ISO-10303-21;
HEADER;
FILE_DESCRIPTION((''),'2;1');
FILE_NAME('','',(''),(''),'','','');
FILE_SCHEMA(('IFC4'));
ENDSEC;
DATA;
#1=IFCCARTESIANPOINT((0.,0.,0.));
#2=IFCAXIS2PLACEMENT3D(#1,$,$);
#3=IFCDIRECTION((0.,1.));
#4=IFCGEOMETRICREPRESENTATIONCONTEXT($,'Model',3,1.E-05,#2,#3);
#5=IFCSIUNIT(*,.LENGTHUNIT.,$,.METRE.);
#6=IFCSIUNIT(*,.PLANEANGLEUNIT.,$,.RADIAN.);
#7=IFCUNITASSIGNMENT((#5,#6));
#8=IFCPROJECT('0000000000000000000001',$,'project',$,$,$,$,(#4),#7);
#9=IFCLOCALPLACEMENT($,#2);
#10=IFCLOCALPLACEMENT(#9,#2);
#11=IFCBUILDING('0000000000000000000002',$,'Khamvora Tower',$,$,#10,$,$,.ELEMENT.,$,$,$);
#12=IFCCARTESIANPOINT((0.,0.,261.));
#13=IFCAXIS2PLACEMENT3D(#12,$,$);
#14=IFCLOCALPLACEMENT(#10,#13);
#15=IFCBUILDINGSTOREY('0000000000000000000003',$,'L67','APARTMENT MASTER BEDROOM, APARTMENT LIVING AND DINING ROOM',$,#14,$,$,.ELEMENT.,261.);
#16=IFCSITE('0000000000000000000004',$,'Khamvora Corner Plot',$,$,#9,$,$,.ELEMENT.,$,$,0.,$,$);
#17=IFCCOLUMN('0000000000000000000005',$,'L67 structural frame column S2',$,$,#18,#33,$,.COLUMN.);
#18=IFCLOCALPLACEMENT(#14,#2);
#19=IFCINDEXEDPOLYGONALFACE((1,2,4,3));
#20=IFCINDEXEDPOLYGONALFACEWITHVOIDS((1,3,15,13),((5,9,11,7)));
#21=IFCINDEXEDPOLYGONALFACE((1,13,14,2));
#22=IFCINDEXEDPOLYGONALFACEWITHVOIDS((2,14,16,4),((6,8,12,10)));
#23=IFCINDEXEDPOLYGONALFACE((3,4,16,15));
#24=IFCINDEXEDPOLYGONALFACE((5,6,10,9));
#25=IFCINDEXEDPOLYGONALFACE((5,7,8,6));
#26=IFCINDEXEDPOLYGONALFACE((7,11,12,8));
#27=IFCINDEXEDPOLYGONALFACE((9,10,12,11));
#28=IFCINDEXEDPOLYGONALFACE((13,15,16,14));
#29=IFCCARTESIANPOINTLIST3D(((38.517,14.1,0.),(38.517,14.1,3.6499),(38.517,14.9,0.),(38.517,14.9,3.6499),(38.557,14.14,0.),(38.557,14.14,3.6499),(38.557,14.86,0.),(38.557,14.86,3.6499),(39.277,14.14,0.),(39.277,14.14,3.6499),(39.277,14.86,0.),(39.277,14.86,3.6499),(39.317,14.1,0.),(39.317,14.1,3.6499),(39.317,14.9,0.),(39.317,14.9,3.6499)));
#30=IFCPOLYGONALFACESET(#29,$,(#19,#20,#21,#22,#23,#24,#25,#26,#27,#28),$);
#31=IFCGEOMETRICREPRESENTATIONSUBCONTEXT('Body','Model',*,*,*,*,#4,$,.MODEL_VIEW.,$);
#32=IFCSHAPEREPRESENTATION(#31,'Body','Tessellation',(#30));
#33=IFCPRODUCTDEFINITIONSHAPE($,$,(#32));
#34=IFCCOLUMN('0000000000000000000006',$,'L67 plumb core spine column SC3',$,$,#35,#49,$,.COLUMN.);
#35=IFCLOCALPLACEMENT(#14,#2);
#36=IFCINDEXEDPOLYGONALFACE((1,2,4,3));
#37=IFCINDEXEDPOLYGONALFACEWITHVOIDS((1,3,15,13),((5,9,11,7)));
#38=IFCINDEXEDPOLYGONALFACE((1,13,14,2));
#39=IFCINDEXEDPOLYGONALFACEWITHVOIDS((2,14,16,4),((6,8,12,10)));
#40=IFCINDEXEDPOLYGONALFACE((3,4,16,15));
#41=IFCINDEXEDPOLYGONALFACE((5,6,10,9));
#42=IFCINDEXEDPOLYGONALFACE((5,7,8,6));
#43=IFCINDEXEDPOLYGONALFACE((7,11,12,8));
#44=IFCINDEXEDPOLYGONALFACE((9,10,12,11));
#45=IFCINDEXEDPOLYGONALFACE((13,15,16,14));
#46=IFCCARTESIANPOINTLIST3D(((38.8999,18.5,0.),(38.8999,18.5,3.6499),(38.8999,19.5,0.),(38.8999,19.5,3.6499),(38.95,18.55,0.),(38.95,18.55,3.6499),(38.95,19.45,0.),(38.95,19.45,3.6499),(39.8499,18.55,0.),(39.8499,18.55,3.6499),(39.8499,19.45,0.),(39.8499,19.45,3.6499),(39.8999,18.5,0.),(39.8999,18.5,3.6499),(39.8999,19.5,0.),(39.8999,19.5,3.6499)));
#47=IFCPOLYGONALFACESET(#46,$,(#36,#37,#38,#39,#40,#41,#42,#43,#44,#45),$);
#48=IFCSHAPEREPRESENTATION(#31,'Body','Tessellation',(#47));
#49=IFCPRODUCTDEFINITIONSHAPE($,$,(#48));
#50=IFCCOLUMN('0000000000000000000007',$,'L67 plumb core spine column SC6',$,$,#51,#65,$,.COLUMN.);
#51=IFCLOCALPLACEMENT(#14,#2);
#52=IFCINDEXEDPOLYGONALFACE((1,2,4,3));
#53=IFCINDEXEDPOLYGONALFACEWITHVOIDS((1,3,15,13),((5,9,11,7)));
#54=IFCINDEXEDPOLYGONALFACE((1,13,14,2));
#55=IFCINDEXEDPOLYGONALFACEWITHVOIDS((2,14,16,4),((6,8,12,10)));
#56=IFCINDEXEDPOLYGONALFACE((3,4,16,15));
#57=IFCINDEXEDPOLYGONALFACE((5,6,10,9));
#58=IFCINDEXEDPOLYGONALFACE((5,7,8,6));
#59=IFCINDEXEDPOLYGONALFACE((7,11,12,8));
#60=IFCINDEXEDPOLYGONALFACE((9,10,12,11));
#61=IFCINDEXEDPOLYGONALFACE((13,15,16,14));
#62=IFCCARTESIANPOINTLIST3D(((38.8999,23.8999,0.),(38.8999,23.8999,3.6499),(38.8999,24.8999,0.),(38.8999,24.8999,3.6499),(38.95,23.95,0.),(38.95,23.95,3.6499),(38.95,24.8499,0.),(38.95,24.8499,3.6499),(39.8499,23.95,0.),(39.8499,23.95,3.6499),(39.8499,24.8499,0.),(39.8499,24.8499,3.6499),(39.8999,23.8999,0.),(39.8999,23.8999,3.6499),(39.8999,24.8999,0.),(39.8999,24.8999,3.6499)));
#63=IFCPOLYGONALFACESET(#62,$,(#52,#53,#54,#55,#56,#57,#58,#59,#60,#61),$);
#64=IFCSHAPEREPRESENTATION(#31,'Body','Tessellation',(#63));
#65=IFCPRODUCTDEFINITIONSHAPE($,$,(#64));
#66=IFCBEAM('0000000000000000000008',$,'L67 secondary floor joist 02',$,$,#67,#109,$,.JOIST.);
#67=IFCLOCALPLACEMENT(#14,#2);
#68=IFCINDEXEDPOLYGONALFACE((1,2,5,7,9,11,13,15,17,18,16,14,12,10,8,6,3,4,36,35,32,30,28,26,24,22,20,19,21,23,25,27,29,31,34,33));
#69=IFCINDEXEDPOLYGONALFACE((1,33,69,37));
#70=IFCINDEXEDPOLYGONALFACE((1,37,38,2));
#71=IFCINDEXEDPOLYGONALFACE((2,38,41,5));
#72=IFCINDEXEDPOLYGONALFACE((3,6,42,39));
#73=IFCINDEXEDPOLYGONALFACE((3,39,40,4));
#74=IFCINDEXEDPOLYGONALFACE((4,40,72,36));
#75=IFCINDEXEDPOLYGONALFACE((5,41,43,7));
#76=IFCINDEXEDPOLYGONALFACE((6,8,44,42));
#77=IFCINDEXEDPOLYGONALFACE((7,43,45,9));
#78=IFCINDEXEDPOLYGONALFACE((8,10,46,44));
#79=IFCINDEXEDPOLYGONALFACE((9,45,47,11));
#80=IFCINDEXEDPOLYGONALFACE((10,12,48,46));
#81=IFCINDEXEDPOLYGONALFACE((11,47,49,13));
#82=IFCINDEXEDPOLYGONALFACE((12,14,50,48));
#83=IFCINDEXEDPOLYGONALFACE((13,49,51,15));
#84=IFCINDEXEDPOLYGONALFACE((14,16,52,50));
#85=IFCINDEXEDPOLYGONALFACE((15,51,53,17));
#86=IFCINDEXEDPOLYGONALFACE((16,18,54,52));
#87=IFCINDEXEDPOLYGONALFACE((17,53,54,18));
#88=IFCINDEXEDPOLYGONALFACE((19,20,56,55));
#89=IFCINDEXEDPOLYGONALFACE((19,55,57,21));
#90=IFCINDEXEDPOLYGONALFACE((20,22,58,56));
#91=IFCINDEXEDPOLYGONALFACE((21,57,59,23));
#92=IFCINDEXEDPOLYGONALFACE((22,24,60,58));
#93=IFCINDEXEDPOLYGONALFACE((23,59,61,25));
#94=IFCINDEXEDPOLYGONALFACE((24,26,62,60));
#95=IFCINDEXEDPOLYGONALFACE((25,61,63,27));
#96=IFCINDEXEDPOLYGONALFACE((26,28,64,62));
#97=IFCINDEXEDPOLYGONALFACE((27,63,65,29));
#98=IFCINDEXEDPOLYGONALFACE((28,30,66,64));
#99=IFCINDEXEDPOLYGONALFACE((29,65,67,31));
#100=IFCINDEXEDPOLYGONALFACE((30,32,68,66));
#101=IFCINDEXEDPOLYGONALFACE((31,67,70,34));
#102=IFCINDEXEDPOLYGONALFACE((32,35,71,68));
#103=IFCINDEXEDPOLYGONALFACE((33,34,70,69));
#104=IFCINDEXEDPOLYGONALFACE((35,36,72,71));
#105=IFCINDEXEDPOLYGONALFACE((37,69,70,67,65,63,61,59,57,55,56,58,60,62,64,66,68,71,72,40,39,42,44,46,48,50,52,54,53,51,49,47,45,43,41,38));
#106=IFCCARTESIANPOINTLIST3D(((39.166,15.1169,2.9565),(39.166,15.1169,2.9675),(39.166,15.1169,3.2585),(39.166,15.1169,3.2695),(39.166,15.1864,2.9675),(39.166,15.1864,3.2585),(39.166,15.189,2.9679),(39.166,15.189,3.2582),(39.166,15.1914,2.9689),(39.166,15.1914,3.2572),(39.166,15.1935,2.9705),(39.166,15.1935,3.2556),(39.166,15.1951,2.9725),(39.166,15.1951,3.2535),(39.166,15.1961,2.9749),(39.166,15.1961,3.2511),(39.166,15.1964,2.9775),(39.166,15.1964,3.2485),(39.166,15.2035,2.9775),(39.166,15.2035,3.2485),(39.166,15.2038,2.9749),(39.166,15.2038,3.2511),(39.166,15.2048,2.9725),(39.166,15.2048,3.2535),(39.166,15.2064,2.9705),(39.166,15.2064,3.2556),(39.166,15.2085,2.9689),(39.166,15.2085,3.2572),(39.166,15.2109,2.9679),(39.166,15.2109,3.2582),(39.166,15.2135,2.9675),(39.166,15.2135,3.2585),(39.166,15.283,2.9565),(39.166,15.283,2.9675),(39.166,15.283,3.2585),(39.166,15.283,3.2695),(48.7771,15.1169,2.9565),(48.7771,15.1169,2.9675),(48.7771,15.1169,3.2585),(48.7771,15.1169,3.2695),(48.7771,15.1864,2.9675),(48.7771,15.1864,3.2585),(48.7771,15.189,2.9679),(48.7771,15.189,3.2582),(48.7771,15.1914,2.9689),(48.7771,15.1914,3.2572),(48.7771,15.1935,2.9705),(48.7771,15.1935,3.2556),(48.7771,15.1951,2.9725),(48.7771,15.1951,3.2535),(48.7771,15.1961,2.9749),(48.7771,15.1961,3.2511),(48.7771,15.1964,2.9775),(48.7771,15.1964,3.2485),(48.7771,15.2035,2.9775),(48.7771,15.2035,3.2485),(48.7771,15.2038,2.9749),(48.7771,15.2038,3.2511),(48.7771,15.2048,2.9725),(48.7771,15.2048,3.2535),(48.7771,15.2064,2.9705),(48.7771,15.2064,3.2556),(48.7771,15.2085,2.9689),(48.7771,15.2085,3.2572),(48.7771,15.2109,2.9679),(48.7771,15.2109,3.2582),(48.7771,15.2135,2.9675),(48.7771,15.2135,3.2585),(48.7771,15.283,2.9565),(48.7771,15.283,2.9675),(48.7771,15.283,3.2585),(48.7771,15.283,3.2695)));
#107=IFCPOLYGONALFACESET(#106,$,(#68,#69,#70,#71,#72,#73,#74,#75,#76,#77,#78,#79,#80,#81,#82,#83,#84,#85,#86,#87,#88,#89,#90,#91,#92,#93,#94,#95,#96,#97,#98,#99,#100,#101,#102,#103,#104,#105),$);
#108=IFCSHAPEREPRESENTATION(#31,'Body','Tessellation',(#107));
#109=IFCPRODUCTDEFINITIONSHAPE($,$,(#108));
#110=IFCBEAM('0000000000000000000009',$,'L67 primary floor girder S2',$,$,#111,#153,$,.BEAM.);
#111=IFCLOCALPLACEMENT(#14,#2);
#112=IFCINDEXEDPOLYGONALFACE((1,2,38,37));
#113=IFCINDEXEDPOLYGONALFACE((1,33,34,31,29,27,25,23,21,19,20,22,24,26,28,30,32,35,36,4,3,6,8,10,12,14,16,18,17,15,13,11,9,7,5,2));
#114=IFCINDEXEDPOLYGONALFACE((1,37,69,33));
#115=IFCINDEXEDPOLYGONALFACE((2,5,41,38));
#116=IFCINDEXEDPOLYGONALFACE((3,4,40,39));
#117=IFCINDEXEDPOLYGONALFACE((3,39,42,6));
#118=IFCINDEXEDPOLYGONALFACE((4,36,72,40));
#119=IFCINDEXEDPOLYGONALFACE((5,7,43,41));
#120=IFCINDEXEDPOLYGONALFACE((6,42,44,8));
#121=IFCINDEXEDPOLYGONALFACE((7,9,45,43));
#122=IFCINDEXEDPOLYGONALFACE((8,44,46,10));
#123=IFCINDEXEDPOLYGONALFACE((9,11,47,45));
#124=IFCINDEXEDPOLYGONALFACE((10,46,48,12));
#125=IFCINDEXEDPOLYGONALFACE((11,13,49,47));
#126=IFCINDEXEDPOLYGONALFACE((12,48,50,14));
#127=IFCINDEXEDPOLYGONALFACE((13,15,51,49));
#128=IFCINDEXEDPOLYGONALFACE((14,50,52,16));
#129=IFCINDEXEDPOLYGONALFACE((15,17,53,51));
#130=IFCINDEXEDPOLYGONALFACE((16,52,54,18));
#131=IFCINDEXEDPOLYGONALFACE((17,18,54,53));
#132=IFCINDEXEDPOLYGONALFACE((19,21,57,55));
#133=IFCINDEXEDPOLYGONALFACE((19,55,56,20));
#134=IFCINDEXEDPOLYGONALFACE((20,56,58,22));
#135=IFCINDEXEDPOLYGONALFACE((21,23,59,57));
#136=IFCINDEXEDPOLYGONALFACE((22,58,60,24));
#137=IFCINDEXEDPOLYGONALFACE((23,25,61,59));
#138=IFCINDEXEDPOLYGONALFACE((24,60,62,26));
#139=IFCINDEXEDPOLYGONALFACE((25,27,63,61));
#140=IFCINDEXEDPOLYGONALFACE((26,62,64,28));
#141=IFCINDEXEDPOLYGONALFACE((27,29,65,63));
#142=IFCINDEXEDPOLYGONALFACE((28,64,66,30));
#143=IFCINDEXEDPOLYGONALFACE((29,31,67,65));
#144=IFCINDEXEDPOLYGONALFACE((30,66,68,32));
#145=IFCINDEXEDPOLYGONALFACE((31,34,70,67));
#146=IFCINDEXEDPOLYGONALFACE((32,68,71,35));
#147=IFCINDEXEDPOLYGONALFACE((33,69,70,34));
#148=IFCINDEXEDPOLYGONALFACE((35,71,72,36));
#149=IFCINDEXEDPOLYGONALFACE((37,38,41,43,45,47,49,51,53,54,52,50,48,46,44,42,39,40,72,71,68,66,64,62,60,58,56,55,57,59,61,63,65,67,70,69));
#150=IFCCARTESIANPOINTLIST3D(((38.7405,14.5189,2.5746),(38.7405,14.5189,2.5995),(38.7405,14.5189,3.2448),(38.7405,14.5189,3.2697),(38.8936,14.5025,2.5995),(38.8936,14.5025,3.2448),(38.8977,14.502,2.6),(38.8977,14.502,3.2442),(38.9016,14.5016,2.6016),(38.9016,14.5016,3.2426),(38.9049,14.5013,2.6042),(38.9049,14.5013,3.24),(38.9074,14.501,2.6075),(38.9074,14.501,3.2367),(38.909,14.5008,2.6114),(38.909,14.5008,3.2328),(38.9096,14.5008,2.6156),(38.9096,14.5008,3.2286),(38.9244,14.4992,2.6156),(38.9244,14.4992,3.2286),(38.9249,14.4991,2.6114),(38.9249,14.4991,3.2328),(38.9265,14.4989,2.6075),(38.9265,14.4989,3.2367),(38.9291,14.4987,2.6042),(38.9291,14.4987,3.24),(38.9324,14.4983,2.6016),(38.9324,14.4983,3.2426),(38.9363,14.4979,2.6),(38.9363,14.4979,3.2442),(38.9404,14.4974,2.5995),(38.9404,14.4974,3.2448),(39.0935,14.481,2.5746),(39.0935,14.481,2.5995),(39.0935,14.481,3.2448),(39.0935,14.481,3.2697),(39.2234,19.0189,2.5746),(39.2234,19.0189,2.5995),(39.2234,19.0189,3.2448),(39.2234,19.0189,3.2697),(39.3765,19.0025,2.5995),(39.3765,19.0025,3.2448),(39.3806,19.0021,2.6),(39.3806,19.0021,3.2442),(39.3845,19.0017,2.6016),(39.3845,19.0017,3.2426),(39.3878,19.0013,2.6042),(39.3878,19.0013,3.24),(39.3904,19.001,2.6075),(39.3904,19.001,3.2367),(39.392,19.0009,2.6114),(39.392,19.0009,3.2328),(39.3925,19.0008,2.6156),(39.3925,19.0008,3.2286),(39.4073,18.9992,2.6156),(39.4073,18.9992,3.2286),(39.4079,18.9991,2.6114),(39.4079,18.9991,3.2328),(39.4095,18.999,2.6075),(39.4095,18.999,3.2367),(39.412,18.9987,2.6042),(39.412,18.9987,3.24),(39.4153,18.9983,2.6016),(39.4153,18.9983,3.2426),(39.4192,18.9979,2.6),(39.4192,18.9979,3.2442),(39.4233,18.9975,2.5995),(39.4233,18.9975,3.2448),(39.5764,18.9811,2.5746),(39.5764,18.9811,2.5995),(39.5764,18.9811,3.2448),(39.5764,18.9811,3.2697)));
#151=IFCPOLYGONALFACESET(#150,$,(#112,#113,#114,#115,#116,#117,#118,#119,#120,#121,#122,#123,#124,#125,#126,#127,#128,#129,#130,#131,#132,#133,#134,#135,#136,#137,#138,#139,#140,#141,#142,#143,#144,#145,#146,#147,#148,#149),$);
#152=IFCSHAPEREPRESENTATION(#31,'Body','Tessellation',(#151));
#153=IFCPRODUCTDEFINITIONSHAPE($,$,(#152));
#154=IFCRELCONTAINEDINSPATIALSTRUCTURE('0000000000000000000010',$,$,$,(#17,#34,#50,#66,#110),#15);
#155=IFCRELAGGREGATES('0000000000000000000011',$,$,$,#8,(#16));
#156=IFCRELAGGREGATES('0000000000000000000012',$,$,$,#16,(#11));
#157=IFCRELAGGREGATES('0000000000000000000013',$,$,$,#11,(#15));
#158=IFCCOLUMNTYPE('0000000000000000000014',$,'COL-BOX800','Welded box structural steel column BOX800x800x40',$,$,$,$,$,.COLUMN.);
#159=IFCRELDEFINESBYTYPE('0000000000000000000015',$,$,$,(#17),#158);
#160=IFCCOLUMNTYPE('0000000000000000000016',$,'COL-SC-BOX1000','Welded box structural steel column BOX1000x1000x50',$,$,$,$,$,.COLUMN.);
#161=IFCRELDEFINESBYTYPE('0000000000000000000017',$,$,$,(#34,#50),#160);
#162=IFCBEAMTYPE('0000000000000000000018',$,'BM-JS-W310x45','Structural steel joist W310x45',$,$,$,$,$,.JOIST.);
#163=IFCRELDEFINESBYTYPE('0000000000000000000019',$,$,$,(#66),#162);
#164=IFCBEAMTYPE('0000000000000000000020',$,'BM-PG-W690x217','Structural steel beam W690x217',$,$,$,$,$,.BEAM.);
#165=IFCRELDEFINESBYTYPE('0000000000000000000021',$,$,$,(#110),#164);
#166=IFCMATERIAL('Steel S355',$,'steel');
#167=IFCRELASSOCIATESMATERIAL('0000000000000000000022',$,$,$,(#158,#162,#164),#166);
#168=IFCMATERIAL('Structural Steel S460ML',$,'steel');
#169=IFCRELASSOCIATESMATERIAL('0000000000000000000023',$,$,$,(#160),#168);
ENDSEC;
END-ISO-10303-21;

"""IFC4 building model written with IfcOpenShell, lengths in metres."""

from ifc_helpers import new_model, si_unit, direction, frame, origin, origin_2d, place, context, subcontext, project, spatial, hollow_rectangle, i_section, extrude, material, material_profile, profile_set, type_object, element, save


model = new_model("IFC4")

# Units and contexts
model_context = context("Model", 3, precision=1e-05, world=origin(), true_north=direction((0.0, 1.0)))
body_context = subcontext(model_context, "Body", "Model", "MODEL_VIEW")
ifc_project = project(units=[si_unit("LENGTHUNIT", "METRE"), si_unit("PLANEANGLEUNIT", "RADIAN")], contexts=[model_context])

# Site, building, storey
site_placement = place(None, origin())
site = spatial("IfcSite", under=ifc_project, at=site_placement, Name="Khamvora Corner Plot", CompositionType="ELEMENT", RefElevation=0.0)
building_placement = place(site_placement, origin())
building = spatial("IfcBuilding", under=site, at=building_placement, Name="Khamvora Tower", CompositionType="ELEMENT")
storey_placement = place(building_placement, frame((0.0, 0.0, 261.0)))
storey = spatial("IfcBuildingStorey", under=building, at=storey_placement, Name="L67", Description="APARTMENT MASTER BEDROOM, APARTMENT LIVING AND DINING ROOM", CompositionType="ELEMENT", Elevation=261.0)

# Columns
ifc_material_1 = material(Name="Steel S355", Category="steel")
ifc_material_profile_1 = material_profile(ifc_material_1, hollow_rectangle(XDim=0.8, YDim=0.8, WallThickness=0.04, at=origin_2d()), Name="BOX800x800x40")
ifc_profile_set_1 = profile_set([ifc_material_profile_1], Name="Steel S355")
column_type_1 = type_object("IfcColumnType", Name="COL-BOX800", Description="Welded box structural steel column BOX800x800x40", PredefinedType="COLUMN", material=ifc_profile_set_1)
column_placement = place(storey_placement, frame((38.917, 14.5, 0.0), z_axis=(0.0, 0.0, 1.0), x_axis=(1.0, 0.0, 0.0)))
element("IfcColumn", 1, at=column_placement, inside=storey, type_object=column_type_1, Name="L67 structural frame column S2", PredefinedType="COLUMN", context=body_context, shape_type="SweptSolid", body=[
    extrude(hollow_rectangle(XDim=0.8, YDim=0.8, WallThickness=0.04, at=origin_2d()), origin(), (0.0, 0.0, 1.0), 3.6499),
])
ifc_material_2 = material(Name="Structural Steel S460ML", Category="steel")
ifc_material_profile_2 = material_profile(ifc_material_2, hollow_rectangle(XDim=1.0, YDim=1.0, WallThickness=0.05, at=origin_2d()), Name="BOX1000x1000x50")
ifc_profile_set_2 = profile_set([ifc_material_profile_2], Name="Structural Steel S460ML")
column_type_2 = type_object("IfcColumnType", Name="COL-SC-BOX1000", Description="Welded box structural steel column BOX1000x1000x50", PredefinedType="COLUMN", material=ifc_profile_set_2)
for number, where, z_axis, x_axis, name in (
    (2, (39.3999, 19.0, 0.0), (0.0, 0.0, 1.0), (1.0, 0.0, 0.0), "L67 plumb core spine column SC3"),
    (3, (39.3999, 24.3999, 0.0), (0.0, 0.0, 1.0), (1.0, 0.0, 0.0), "L67 plumb core spine column SC6"),
):
    element("IfcColumn", number, at=place(storey_placement, frame(where, z_axis=z_axis, x_axis=x_axis)), inside=storey, type_object=column_type_2, Name=name, PredefinedType="COLUMN", context=body_context, shape_type="SweptSolid", body=[
        extrude(hollow_rectangle(XDim=1.0, YDim=1.0, WallThickness=0.05, at=origin_2d()), origin(), (0.0, 0.0, 1.0), 3.6499),
    ])

# Beams
ifc_material_profile_3 = material_profile(ifc_material_1, i_section(OverallWidth=0.166, OverallDepth=0.313, WebThickness=0.0071, FlangeThickness=0.011, FilletRadius=0.01, at=origin_2d()), Name="W310x45")
ifc_profile_set_3 = profile_set([ifc_material_profile_3], Name="Steel S355")
beam_type_1 = type_object("IfcBeamType", Name="BM-JS-W310x45", Description="Structural steel joist W310x45", PredefinedType="JOIST", material=ifc_profile_set_3)
beam_1_placement = place(storey_placement, frame((39.166, 15.2, 3.113), z_axis=(1.0, 0.0, 0.0), x_axis=(0.0, 1.0, 0.0)))
element("IfcBeam", 4, at=beam_1_placement, inside=storey, type_object=beam_type_1, Name="L67 secondary floor joist 02", PredefinedType="JOIST", context=body_context, shape_type="SweptSolid", body=[
    extrude(i_section(OverallWidth=0.166, OverallDepth=0.313, WebThickness=0.0071, FlangeThickness=0.011, FilletRadius=0.01, at=origin_2d()), origin(), (0.0, 0.0, 1.0), 9.6111),
])
ifc_material_profile_4 = material_profile(ifc_material_1, i_section(OverallWidth=0.355, OverallDepth=0.6951, WebThickness=0.0149, FlangeThickness=0.0249, FilletRadius=0.0161, at=origin_2d()), Name="W690x217")
ifc_profile_set_4 = profile_set([ifc_material_profile_4], Name="Steel S355")
beam_type_2 = type_object("IfcBeamType", Name="BM-PG-W690x217", Description="Structural steel beam W690x217", PredefinedType="BEAM", material=ifc_profile_set_4)
beam_2_placement = place(storey_placement, frame((39.3999, 19.0, 2.9221), z_axis=(-0.106701, -0.994291, 0.0), x_axis=(0.994291, -0.106701, 0.0)))
element("IfcBeam", 5, at=beam_2_placement, inside=storey, type_object=beam_type_2, Name="L67 primary floor girder S2", PredefinedType="BEAM", context=body_context, shape_type="SweptSolid", body=[
    extrude(i_section(OverallWidth=0.355, OverallDepth=0.6951, WebThickness=0.0149, FlangeThickness=0.0249, FilletRadius=0.0161, at=origin_2d()), origin(), (0.0, 0.0, 1.0), 4.5259),
])

save(model, "model.ifc")
